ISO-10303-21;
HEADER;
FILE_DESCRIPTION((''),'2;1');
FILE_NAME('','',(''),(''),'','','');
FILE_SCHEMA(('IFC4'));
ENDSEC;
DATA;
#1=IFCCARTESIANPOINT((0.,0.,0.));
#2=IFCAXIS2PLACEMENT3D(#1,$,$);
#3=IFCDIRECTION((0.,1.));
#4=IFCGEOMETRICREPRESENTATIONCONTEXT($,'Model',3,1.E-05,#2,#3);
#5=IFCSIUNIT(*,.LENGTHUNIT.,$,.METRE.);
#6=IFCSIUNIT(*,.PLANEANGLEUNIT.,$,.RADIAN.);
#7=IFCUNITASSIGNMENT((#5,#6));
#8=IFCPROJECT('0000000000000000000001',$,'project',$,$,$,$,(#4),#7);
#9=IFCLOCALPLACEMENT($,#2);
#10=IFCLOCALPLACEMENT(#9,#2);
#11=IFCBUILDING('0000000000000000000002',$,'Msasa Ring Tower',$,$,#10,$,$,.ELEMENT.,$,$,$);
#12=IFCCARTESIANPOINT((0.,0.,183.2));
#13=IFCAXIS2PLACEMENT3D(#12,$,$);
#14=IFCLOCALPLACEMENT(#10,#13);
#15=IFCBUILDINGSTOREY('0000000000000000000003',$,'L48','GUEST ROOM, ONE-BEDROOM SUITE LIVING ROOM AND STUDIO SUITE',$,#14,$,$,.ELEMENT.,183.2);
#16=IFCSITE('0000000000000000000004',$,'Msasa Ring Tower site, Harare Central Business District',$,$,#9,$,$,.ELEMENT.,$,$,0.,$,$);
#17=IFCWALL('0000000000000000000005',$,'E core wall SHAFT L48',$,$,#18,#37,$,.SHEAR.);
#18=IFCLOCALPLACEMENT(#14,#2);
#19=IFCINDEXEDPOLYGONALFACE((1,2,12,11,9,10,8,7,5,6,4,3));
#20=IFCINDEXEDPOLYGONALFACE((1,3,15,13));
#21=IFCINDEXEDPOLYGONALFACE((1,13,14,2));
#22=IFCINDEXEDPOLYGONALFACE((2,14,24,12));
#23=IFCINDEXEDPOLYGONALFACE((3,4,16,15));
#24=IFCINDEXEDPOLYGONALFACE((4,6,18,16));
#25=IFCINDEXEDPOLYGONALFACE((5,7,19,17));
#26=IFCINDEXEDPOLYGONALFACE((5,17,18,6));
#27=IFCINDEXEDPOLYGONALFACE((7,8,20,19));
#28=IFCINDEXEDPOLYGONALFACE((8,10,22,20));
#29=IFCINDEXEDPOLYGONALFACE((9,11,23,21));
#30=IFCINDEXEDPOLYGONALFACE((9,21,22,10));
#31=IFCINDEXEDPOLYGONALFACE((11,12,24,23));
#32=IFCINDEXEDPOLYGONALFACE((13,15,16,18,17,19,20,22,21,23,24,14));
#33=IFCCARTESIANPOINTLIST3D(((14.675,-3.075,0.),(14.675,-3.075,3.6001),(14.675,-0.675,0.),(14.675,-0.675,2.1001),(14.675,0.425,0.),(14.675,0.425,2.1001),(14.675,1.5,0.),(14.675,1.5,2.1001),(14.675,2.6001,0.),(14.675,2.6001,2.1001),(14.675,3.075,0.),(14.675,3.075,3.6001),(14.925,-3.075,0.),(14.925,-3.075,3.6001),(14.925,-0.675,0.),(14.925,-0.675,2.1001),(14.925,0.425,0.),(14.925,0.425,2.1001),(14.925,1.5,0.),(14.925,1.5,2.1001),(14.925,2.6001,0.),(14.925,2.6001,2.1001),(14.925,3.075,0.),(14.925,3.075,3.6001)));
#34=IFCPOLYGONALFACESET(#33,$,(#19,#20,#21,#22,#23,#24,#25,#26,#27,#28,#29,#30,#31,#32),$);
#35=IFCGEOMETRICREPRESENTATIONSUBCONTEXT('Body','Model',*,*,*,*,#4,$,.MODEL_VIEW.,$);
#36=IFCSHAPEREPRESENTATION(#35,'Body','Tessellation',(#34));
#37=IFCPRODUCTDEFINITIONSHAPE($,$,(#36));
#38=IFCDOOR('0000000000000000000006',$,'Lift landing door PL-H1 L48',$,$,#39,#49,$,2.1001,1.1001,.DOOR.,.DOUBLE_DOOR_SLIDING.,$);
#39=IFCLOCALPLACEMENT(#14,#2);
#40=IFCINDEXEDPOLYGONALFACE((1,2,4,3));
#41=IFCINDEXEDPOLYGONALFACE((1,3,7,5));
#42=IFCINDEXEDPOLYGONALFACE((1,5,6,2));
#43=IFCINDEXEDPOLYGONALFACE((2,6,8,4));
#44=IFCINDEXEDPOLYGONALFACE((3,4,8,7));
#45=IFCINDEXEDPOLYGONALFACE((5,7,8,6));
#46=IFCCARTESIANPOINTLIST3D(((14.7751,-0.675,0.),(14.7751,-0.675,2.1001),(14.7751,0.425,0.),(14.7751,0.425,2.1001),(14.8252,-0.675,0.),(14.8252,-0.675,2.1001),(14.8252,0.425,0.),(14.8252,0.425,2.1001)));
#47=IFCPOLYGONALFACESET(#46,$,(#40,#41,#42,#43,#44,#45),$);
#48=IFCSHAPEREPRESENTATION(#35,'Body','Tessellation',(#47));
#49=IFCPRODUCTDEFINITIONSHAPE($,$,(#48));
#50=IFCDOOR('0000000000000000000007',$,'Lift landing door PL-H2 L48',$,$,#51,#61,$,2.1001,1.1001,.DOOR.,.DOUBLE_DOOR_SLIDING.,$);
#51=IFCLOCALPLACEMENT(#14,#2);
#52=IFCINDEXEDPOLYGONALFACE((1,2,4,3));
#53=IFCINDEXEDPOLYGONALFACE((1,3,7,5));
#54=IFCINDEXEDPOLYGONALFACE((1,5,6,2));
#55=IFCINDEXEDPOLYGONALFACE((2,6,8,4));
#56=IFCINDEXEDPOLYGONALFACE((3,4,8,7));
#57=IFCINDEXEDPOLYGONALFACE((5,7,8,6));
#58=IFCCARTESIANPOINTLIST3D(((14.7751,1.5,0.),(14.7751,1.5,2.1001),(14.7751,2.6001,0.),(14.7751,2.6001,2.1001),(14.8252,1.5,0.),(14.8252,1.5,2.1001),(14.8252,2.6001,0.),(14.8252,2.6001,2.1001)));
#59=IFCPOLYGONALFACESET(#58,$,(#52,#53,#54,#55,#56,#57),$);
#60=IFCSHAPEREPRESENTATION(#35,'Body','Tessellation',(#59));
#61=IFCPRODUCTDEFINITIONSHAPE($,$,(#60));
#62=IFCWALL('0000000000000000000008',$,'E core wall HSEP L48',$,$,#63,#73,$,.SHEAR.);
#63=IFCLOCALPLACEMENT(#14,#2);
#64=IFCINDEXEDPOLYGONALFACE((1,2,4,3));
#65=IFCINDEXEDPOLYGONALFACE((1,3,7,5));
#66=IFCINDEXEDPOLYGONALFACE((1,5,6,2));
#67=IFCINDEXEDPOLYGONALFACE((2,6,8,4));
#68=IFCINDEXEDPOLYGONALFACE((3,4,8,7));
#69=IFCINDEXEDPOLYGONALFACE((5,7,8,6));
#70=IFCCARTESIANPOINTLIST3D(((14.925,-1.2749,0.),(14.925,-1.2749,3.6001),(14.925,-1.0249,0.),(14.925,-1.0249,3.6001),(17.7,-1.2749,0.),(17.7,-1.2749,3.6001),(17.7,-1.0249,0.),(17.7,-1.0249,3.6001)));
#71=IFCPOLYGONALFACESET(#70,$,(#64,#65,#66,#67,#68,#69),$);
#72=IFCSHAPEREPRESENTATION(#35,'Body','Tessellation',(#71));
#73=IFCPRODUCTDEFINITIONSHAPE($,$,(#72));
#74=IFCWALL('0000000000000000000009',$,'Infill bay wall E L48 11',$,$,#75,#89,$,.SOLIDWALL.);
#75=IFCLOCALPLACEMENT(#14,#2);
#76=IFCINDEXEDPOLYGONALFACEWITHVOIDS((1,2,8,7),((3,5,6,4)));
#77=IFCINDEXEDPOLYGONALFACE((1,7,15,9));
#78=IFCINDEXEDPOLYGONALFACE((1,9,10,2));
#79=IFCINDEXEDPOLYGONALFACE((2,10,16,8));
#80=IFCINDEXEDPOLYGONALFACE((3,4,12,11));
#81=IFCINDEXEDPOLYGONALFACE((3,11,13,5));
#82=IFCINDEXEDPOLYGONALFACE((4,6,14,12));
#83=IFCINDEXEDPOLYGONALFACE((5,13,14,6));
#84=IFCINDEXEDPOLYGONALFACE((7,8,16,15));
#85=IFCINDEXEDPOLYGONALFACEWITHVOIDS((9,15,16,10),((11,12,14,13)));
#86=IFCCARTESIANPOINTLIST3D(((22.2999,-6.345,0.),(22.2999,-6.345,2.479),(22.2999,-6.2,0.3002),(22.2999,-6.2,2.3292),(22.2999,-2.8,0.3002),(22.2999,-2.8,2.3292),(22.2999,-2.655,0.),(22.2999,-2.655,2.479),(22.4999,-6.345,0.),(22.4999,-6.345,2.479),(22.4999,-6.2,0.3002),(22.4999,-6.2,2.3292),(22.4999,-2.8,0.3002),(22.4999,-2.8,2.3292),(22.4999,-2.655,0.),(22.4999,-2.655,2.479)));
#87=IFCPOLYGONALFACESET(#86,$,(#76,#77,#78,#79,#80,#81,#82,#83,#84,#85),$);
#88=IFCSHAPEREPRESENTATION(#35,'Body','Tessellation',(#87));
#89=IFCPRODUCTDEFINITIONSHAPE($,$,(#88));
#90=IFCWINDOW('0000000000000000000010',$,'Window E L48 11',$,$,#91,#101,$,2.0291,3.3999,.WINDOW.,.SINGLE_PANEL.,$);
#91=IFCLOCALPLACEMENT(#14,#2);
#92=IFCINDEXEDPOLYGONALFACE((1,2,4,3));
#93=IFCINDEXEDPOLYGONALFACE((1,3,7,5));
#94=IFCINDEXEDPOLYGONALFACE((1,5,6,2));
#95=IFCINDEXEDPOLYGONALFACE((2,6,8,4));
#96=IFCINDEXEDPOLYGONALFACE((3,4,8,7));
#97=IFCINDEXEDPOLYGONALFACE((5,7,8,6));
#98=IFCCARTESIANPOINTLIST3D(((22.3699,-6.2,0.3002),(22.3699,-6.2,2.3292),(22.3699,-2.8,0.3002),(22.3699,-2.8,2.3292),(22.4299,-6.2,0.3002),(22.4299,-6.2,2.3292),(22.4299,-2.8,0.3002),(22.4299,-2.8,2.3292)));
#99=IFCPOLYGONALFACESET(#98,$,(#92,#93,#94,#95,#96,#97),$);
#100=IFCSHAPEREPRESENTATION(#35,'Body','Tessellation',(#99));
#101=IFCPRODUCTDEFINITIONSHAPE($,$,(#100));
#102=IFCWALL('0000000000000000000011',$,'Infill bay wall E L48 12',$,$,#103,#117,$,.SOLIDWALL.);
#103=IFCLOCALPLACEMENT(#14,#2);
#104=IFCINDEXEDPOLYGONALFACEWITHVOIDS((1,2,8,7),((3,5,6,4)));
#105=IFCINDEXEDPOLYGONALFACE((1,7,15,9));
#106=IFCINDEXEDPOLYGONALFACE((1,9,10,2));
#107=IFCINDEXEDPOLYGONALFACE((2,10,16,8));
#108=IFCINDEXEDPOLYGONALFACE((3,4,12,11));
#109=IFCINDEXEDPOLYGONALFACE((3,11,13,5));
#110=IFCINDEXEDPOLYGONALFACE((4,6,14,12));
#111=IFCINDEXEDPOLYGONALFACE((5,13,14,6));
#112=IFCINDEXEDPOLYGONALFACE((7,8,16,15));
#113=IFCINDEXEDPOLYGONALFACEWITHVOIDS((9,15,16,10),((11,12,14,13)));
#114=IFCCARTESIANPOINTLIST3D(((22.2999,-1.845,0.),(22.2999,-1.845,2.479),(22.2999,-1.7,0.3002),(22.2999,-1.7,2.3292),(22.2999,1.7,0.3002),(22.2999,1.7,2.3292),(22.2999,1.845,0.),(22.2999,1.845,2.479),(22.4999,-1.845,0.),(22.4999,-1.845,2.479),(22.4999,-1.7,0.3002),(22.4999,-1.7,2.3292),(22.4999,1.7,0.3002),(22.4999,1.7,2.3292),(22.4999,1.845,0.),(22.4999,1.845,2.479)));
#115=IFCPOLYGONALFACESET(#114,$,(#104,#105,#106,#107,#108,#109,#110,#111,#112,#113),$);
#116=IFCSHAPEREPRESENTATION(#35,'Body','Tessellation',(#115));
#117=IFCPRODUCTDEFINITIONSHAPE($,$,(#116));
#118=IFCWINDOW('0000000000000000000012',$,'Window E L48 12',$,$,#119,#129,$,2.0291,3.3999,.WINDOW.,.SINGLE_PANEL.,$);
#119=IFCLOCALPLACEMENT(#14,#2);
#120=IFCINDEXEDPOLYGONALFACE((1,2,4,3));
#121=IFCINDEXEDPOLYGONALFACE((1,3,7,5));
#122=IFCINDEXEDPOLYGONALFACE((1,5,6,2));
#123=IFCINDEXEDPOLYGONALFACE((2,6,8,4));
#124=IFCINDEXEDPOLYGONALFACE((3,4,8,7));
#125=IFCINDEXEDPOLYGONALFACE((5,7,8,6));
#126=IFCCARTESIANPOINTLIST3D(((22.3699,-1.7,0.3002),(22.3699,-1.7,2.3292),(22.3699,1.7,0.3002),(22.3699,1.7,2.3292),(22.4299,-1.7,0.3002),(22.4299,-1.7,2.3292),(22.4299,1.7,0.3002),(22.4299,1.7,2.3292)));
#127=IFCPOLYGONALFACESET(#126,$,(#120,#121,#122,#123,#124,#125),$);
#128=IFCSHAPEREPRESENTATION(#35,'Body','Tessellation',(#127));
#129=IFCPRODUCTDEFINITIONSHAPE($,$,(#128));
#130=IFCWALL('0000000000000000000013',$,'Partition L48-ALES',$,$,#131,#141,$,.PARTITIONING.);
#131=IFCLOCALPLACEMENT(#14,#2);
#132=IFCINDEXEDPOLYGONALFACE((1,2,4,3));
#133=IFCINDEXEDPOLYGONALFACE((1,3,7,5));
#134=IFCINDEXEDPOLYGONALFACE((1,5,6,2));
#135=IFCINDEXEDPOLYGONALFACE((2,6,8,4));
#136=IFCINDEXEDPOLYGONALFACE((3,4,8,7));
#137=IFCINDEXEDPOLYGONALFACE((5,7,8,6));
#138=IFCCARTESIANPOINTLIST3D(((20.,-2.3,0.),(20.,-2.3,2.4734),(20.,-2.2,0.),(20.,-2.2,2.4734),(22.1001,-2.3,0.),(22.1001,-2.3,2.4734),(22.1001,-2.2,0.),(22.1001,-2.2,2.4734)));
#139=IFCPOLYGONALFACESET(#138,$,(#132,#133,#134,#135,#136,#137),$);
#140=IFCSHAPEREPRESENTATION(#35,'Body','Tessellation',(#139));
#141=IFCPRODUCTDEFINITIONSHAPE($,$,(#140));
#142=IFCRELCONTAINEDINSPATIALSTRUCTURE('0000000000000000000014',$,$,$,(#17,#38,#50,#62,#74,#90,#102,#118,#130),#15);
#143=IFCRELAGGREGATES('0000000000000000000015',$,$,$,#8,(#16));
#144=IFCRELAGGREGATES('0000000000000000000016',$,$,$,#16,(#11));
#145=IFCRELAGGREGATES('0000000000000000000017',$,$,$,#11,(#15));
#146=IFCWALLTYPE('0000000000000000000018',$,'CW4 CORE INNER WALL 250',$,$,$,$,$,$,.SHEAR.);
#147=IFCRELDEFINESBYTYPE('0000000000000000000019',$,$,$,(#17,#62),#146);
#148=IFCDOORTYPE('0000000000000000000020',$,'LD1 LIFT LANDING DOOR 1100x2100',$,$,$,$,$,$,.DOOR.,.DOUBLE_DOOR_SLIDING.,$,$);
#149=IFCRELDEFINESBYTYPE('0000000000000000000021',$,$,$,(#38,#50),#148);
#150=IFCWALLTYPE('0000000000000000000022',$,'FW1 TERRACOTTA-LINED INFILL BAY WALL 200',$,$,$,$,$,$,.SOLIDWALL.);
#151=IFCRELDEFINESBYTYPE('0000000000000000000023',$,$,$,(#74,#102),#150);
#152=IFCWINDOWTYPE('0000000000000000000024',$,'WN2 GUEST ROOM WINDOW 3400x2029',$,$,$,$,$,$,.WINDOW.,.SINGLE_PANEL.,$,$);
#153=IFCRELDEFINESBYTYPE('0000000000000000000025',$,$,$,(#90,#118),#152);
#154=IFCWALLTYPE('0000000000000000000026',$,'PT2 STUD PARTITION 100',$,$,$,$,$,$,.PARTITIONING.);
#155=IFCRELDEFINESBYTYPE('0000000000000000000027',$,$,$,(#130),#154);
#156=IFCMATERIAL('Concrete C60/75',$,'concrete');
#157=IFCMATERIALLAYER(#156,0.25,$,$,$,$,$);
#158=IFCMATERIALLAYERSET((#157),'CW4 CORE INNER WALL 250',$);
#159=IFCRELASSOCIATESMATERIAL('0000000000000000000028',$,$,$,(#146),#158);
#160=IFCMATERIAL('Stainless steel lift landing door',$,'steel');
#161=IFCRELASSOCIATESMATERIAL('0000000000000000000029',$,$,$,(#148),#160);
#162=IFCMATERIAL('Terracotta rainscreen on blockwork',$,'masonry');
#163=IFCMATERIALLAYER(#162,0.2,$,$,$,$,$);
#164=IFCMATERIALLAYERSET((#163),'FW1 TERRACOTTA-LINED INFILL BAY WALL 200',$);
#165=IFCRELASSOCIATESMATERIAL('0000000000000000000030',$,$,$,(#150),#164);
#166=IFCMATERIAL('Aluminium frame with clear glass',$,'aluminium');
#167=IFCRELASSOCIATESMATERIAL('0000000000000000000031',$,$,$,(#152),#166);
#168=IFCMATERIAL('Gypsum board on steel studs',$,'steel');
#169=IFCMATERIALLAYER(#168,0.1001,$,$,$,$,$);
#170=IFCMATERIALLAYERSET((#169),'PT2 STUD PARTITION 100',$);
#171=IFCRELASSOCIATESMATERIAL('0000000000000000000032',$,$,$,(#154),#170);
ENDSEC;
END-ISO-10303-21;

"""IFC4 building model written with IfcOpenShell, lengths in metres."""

from ifc_helpers import new_model, si_unit, direction, frame, frame_2d, origin, place, context, subcontext, project, spatial, rectangle, extrude, material, layer, layer_set, type_object, element, fill, save


model = new_model("IFC4")

# Units and contexts
model_context = context("Model", 3, precision=1e-05, world=origin(), true_north=direction((0.0, 1.0)))
body_context = subcontext(model_context, "Body", "Model", "MODEL_VIEW")
ifc_project = project(units=[si_unit("LENGTHUNIT", "METRE"), si_unit("PLANEANGLEUNIT", "RADIAN")], contexts=[model_context])

# Site, building, storey
site_placement = place(None, origin())
site = spatial("IfcSite", under=ifc_project, at=site_placement, Name="Msasa Ring Tower site, Harare Central Business District", CompositionType="ELEMENT", RefElevation=0.0)
building_placement = place(site_placement, origin())
building = spatial("IfcBuilding", under=site, at=building_placement, Name="Msasa Ring Tower", CompositionType="ELEMENT")
storey_placement = place(building_placement, frame((0.0, 0.0, 183.2)))
storey = spatial("IfcBuildingStorey", under=building, at=storey_placement, Name="L48", Description="GUEST ROOM, ONE-BEDROOM SUITE LIVING ROOM AND STUDIO SUITE", CompositionType="ELEMENT", Elevation=183.2)

# Shared definitions
ifc_material_1 = material(Name="Concrete C60/75", Category="concrete")
ifc_layer_1 = layer(ifc_material_1, 0.25)
ifc_layer_set_1 = layer_set([ifc_layer_1], Name="CW4 CORE INNER WALL 250")
wall_type_1 = type_object("IfcWallType", Name="CW4 CORE INNER WALL 250", PredefinedType="SHEAR", material=ifc_layer_set_1)
ifc_material_2 = material(Name="Stainless steel lift landing door", Category="steel")
door_type = type_object("IfcDoorType", Name="LD1 LIFT LANDING DOOR 1100x2100", OperationType="DOUBLE_DOOR_SLIDING", PredefinedType="DOOR", material=ifc_material_2)

# Wall, openings, doors
wall_1_placement = place(storey_placement, frame((14.8, -3.075, 0.0), z_axis=(0.0, 0.0, 1.0), x_axis=(0.0, 1.0, 0.0)))
wall_1 = element("IfcWall", 1, at=wall_1_placement, inside=storey, type_object=wall_type_1, Name="E core wall SHAFT L48", PredefinedType="SHEAR", context=body_context, shape_type="SweptSolid", body=[
    extrude(rectangle(XDim=6.1499, YDim=0.25, at=frame_2d((3.075, 0.0))), origin(), (0.0, 0.0, 1.0), 3.6001),
])
opening_1_placement = place(wall_1_placement, frame((2.3999, 0.0, 0.0)))
opening_1 = element("IfcOpeningElement", 2, at=opening_1_placement, cuts=wall_1, PredefinedType="OPENING", context=body_context, shape_type="SweptSolid", body=[
    extrude(rectangle(XDim=1.1001, YDim=2.1001, at=frame_2d((0.55, 1.05))), frame((0.0, 0.135, 0.0), z_axis=(0.0, -1.0, 0.0), x_axis=(1.0, 0.0, 0.0)), (0.0, 0.0, 1.0), 0.27),
])
opening_2_placement = place(wall_1_placement, frame((4.575, 0.0, 0.0)))
opening_2 = element("IfcOpeningElement", 3, at=opening_2_placement, cuts=wall_1, PredefinedType="OPENING", context=body_context, shape_type="SweptSolid", body=[
    extrude(rectangle(XDim=1.1001, YDim=2.1001, at=frame_2d((0.55, 1.05))), frame((0.0, 0.135, 0.0), z_axis=(0.0, -1.0, 0.0), x_axis=(1.0, 0.0, 0.0)), (0.0, 0.0, 1.0), 0.27),
])
door_1_placement = place(opening_1_placement, origin())
door_1 = element("IfcDoor", 4, at=door_1_placement, inside=storey, type_object=door_type, Name="Lift landing door PL-H1 L48", OperationType="DOUBLE_DOOR_SLIDING", OverallHeight=2.1001, OverallWidth=1.1001, PredefinedType="DOOR", context=body_context, shape_type="SweptSolid", body=[
    extrude(rectangle(XDim=1.1001, YDim=2.1001, at=frame_2d((0.55, 1.05))), frame((0.0, 0.0249, 0.0), z_axis=(0.0, -1.0, 0.0), x_axis=(1.0, 0.0, 0.0)), (0.0, 0.0, 1.0), 0.05),
])
fill(opening_1, door_1)
door_2_placement = place(opening_2_placement, origin())
door_2 = element("IfcDoor", 5, at=door_2_placement, inside=storey, type_object=door_type, Name="Lift landing door PL-H2 L48", OperationType="DOUBLE_DOOR_SLIDING", OverallHeight=2.1001, OverallWidth=1.1001, PredefinedType="DOOR", context=body_context, shape_type="SweptSolid", body=[
    extrude(rectangle(XDim=1.1001, YDim=2.1001, at=frame_2d((0.55, 1.05))), frame((0.0, 0.0249, 0.0), z_axis=(0.0, -1.0, 0.0), x_axis=(1.0, 0.0, 0.0)), (0.0, 0.0, 1.0), 0.05),
])
fill(opening_2, door_2)

# Wall
wall_2_placement = place(storey_placement, frame((14.925, -1.1499, 0.0), z_axis=(0.0, 0.0, 1.0), x_axis=(1.0, 0.0, 0.0)))
element("IfcWall", 6, at=wall_2_placement, inside=storey, type_object=wall_type_1, Name="E core wall HSEP L48", PredefinedType="SHEAR", context=body_context, shape_type="SweptSolid", body=[
    extrude(rectangle(XDim=2.7749, YDim=0.25, at=frame_2d((1.3875, 0.0))), origin(), (0.0, 0.0, 1.0), 3.6001),
])

# Walls, openings, windows
ifc_material_3 = material(Name="Terracotta rainscreen on blockwork", Category="masonry")
ifc_layer_2 = layer(ifc_material_3, 0.2)
ifc_layer_set_2 = layer_set([ifc_layer_2], Name="FW1 TERRACOTTA-LINED INFILL BAY WALL 200")
wall_type_2 = type_object("IfcWallType", Name="FW1 TERRACOTTA-LINED INFILL BAY WALL 200", PredefinedType="SOLIDWALL", material=ifc_layer_set_2)
wall_3_placement = place(storey_placement, frame((22.3999, -6.345, 0.0), z_axis=(0.0, 0.0, 1.0), x_axis=(0.0, 1.0, 0.0)))
wall_3 = element("IfcWall", 7, at=wall_3_placement, inside=storey, type_object=wall_type_2, Name="Infill bay wall E L48 11", PredefinedType="SOLIDWALL", context=body_context, shape_type="SweptSolid", body=[
    extrude(rectangle(XDim=3.6899, YDim=0.2, at=frame_2d((1.845, 0.0))), origin(), (0.0, 0.0, 1.0), 2.479),
])
opening_3_placement = place(wall_3_placement, frame((0.145, 0.0, 0.3)))
opening_3 = element("IfcOpeningElement", 8, at=opening_3_placement, cuts=wall_3, PredefinedType="OPENING", context=body_context, shape_type="SweptSolid", body=[
    extrude(rectangle(XDim=3.3999, YDim=2.0291, at=frame_2d((1.7, 1.0146))), frame((0.0, 0.1099, 0.0), z_axis=(0.0, -1.0, 0.0), x_axis=(1.0, 0.0, 0.0)), (0.0, 0.0, 1.0), 0.22),
])
ifc_material_4 = material(Name="Aluminium frame with clear glass", Category="aluminium")
window_type = type_object("IfcWindowType", Name="WN2 GUEST ROOM WINDOW 3400x2029", PartitioningType="SINGLE_PANEL", PredefinedType="WINDOW", material=ifc_material_4)
window_1_placement = place(opening_3_placement, origin())
window_1 = element("IfcWindow", 9, at=window_1_placement, inside=storey, type_object=window_type, Name="Window E L48 11", OverallHeight=2.0291, OverallWidth=3.3999, PartitioningType="SINGLE_PANEL", PredefinedType="WINDOW", context=body_context, shape_type="SweptSolid", body=[
    extrude(rectangle(XDim=3.3999, YDim=2.0291, at=frame_2d((1.7, 1.0146))), frame((0.0, 0.03, 0.0), z_axis=(0.0, -1.0, 0.0), x_axis=(1.0, 0.0, 0.0)), (0.0, 0.0, 1.0), 0.0601),
])
fill(opening_3, window_1)
wall_4_placement = place(storey_placement, frame((22.3999, -1.845, 0.0), z_axis=(0.0, 0.0, 1.0), x_axis=(0.0, 1.0, 0.0)))
wall_4 = element("IfcWall", 10, at=wall_4_placement, inside=storey, type_object=wall_type_2, Name="Infill bay wall E L48 12", PredefinedType="SOLIDWALL", context=body_context, shape_type="SweptSolid", body=[
    extrude(rectangle(XDim=3.6899, YDim=0.2, at=frame_2d((1.845, 0.0))), origin(), (0.0, 0.0, 1.0), 2.479),
])
opening_4_placement = place(wall_4_placement, frame((0.145, 0.0, 0.3)))
opening_4 = element("IfcOpeningElement", 11, at=opening_4_placement, cuts=wall_4, PredefinedType="OPENING", context=body_context, shape_type="SweptSolid", body=[
    extrude(rectangle(XDim=3.3999, YDim=2.0291, at=frame_2d((1.7, 1.0146))), frame((0.0, 0.1099, 0.0), z_axis=(0.0, -1.0, 0.0), x_axis=(1.0, 0.0, 0.0)), (0.0, 0.0, 1.0), 0.22),
])
window_2_placement = place(opening_4_placement, origin())
window_2 = element("IfcWindow", 12, at=window_2_placement, inside=storey, type_object=window_type, Name="Window E L48 12", OverallHeight=2.0291, OverallWidth=3.3999, PartitioningType="SINGLE_PANEL", PredefinedType="WINDOW", context=body_context, shape_type="SweptSolid", body=[
    extrude(rectangle(XDim=3.3999, YDim=2.0291, at=frame_2d((1.7, 1.0146))), frame((0.0, 0.03, 0.0), z_axis=(0.0, -1.0, 0.0), x_axis=(1.0, 0.0, 0.0)), (0.0, 0.0, 1.0), 0.0601),
])
fill(opening_4, window_2)

# Wall
ifc_material_5 = material(Name="Gypsum board on steel studs", Category="steel")
ifc_layer_3 = layer(ifc_material_5, 0.1001)
ifc_layer_set_3 = layer_set([ifc_layer_3], Name="PT2 STUD PARTITION 100")
wall_type_3 = type_object("IfcWallType", Name="PT2 STUD PARTITION 100", PredefinedType="PARTITIONING", material=ifc_layer_set_3)
wall_5_placement = place(storey_placement, frame((20.0, -2.25, 0.0), z_axis=(0.0, 0.0, 1.0), x_axis=(1.0, 0.0, 0.0)))
element("IfcWall", 13, at=wall_5_placement, inside=storey, type_object=wall_type_3, Name="Partition L48-ALES", PredefinedType="PARTITIONING", context=body_context, shape_type="SweptSolid", body=[
    extrude(rectangle(XDim=2.1001, YDim=0.1001, at=frame_2d((1.05, 0.0))), origin(), (0.0, 0.0, 1.0), 2.4734),
])

save(model, "model.ifc")
